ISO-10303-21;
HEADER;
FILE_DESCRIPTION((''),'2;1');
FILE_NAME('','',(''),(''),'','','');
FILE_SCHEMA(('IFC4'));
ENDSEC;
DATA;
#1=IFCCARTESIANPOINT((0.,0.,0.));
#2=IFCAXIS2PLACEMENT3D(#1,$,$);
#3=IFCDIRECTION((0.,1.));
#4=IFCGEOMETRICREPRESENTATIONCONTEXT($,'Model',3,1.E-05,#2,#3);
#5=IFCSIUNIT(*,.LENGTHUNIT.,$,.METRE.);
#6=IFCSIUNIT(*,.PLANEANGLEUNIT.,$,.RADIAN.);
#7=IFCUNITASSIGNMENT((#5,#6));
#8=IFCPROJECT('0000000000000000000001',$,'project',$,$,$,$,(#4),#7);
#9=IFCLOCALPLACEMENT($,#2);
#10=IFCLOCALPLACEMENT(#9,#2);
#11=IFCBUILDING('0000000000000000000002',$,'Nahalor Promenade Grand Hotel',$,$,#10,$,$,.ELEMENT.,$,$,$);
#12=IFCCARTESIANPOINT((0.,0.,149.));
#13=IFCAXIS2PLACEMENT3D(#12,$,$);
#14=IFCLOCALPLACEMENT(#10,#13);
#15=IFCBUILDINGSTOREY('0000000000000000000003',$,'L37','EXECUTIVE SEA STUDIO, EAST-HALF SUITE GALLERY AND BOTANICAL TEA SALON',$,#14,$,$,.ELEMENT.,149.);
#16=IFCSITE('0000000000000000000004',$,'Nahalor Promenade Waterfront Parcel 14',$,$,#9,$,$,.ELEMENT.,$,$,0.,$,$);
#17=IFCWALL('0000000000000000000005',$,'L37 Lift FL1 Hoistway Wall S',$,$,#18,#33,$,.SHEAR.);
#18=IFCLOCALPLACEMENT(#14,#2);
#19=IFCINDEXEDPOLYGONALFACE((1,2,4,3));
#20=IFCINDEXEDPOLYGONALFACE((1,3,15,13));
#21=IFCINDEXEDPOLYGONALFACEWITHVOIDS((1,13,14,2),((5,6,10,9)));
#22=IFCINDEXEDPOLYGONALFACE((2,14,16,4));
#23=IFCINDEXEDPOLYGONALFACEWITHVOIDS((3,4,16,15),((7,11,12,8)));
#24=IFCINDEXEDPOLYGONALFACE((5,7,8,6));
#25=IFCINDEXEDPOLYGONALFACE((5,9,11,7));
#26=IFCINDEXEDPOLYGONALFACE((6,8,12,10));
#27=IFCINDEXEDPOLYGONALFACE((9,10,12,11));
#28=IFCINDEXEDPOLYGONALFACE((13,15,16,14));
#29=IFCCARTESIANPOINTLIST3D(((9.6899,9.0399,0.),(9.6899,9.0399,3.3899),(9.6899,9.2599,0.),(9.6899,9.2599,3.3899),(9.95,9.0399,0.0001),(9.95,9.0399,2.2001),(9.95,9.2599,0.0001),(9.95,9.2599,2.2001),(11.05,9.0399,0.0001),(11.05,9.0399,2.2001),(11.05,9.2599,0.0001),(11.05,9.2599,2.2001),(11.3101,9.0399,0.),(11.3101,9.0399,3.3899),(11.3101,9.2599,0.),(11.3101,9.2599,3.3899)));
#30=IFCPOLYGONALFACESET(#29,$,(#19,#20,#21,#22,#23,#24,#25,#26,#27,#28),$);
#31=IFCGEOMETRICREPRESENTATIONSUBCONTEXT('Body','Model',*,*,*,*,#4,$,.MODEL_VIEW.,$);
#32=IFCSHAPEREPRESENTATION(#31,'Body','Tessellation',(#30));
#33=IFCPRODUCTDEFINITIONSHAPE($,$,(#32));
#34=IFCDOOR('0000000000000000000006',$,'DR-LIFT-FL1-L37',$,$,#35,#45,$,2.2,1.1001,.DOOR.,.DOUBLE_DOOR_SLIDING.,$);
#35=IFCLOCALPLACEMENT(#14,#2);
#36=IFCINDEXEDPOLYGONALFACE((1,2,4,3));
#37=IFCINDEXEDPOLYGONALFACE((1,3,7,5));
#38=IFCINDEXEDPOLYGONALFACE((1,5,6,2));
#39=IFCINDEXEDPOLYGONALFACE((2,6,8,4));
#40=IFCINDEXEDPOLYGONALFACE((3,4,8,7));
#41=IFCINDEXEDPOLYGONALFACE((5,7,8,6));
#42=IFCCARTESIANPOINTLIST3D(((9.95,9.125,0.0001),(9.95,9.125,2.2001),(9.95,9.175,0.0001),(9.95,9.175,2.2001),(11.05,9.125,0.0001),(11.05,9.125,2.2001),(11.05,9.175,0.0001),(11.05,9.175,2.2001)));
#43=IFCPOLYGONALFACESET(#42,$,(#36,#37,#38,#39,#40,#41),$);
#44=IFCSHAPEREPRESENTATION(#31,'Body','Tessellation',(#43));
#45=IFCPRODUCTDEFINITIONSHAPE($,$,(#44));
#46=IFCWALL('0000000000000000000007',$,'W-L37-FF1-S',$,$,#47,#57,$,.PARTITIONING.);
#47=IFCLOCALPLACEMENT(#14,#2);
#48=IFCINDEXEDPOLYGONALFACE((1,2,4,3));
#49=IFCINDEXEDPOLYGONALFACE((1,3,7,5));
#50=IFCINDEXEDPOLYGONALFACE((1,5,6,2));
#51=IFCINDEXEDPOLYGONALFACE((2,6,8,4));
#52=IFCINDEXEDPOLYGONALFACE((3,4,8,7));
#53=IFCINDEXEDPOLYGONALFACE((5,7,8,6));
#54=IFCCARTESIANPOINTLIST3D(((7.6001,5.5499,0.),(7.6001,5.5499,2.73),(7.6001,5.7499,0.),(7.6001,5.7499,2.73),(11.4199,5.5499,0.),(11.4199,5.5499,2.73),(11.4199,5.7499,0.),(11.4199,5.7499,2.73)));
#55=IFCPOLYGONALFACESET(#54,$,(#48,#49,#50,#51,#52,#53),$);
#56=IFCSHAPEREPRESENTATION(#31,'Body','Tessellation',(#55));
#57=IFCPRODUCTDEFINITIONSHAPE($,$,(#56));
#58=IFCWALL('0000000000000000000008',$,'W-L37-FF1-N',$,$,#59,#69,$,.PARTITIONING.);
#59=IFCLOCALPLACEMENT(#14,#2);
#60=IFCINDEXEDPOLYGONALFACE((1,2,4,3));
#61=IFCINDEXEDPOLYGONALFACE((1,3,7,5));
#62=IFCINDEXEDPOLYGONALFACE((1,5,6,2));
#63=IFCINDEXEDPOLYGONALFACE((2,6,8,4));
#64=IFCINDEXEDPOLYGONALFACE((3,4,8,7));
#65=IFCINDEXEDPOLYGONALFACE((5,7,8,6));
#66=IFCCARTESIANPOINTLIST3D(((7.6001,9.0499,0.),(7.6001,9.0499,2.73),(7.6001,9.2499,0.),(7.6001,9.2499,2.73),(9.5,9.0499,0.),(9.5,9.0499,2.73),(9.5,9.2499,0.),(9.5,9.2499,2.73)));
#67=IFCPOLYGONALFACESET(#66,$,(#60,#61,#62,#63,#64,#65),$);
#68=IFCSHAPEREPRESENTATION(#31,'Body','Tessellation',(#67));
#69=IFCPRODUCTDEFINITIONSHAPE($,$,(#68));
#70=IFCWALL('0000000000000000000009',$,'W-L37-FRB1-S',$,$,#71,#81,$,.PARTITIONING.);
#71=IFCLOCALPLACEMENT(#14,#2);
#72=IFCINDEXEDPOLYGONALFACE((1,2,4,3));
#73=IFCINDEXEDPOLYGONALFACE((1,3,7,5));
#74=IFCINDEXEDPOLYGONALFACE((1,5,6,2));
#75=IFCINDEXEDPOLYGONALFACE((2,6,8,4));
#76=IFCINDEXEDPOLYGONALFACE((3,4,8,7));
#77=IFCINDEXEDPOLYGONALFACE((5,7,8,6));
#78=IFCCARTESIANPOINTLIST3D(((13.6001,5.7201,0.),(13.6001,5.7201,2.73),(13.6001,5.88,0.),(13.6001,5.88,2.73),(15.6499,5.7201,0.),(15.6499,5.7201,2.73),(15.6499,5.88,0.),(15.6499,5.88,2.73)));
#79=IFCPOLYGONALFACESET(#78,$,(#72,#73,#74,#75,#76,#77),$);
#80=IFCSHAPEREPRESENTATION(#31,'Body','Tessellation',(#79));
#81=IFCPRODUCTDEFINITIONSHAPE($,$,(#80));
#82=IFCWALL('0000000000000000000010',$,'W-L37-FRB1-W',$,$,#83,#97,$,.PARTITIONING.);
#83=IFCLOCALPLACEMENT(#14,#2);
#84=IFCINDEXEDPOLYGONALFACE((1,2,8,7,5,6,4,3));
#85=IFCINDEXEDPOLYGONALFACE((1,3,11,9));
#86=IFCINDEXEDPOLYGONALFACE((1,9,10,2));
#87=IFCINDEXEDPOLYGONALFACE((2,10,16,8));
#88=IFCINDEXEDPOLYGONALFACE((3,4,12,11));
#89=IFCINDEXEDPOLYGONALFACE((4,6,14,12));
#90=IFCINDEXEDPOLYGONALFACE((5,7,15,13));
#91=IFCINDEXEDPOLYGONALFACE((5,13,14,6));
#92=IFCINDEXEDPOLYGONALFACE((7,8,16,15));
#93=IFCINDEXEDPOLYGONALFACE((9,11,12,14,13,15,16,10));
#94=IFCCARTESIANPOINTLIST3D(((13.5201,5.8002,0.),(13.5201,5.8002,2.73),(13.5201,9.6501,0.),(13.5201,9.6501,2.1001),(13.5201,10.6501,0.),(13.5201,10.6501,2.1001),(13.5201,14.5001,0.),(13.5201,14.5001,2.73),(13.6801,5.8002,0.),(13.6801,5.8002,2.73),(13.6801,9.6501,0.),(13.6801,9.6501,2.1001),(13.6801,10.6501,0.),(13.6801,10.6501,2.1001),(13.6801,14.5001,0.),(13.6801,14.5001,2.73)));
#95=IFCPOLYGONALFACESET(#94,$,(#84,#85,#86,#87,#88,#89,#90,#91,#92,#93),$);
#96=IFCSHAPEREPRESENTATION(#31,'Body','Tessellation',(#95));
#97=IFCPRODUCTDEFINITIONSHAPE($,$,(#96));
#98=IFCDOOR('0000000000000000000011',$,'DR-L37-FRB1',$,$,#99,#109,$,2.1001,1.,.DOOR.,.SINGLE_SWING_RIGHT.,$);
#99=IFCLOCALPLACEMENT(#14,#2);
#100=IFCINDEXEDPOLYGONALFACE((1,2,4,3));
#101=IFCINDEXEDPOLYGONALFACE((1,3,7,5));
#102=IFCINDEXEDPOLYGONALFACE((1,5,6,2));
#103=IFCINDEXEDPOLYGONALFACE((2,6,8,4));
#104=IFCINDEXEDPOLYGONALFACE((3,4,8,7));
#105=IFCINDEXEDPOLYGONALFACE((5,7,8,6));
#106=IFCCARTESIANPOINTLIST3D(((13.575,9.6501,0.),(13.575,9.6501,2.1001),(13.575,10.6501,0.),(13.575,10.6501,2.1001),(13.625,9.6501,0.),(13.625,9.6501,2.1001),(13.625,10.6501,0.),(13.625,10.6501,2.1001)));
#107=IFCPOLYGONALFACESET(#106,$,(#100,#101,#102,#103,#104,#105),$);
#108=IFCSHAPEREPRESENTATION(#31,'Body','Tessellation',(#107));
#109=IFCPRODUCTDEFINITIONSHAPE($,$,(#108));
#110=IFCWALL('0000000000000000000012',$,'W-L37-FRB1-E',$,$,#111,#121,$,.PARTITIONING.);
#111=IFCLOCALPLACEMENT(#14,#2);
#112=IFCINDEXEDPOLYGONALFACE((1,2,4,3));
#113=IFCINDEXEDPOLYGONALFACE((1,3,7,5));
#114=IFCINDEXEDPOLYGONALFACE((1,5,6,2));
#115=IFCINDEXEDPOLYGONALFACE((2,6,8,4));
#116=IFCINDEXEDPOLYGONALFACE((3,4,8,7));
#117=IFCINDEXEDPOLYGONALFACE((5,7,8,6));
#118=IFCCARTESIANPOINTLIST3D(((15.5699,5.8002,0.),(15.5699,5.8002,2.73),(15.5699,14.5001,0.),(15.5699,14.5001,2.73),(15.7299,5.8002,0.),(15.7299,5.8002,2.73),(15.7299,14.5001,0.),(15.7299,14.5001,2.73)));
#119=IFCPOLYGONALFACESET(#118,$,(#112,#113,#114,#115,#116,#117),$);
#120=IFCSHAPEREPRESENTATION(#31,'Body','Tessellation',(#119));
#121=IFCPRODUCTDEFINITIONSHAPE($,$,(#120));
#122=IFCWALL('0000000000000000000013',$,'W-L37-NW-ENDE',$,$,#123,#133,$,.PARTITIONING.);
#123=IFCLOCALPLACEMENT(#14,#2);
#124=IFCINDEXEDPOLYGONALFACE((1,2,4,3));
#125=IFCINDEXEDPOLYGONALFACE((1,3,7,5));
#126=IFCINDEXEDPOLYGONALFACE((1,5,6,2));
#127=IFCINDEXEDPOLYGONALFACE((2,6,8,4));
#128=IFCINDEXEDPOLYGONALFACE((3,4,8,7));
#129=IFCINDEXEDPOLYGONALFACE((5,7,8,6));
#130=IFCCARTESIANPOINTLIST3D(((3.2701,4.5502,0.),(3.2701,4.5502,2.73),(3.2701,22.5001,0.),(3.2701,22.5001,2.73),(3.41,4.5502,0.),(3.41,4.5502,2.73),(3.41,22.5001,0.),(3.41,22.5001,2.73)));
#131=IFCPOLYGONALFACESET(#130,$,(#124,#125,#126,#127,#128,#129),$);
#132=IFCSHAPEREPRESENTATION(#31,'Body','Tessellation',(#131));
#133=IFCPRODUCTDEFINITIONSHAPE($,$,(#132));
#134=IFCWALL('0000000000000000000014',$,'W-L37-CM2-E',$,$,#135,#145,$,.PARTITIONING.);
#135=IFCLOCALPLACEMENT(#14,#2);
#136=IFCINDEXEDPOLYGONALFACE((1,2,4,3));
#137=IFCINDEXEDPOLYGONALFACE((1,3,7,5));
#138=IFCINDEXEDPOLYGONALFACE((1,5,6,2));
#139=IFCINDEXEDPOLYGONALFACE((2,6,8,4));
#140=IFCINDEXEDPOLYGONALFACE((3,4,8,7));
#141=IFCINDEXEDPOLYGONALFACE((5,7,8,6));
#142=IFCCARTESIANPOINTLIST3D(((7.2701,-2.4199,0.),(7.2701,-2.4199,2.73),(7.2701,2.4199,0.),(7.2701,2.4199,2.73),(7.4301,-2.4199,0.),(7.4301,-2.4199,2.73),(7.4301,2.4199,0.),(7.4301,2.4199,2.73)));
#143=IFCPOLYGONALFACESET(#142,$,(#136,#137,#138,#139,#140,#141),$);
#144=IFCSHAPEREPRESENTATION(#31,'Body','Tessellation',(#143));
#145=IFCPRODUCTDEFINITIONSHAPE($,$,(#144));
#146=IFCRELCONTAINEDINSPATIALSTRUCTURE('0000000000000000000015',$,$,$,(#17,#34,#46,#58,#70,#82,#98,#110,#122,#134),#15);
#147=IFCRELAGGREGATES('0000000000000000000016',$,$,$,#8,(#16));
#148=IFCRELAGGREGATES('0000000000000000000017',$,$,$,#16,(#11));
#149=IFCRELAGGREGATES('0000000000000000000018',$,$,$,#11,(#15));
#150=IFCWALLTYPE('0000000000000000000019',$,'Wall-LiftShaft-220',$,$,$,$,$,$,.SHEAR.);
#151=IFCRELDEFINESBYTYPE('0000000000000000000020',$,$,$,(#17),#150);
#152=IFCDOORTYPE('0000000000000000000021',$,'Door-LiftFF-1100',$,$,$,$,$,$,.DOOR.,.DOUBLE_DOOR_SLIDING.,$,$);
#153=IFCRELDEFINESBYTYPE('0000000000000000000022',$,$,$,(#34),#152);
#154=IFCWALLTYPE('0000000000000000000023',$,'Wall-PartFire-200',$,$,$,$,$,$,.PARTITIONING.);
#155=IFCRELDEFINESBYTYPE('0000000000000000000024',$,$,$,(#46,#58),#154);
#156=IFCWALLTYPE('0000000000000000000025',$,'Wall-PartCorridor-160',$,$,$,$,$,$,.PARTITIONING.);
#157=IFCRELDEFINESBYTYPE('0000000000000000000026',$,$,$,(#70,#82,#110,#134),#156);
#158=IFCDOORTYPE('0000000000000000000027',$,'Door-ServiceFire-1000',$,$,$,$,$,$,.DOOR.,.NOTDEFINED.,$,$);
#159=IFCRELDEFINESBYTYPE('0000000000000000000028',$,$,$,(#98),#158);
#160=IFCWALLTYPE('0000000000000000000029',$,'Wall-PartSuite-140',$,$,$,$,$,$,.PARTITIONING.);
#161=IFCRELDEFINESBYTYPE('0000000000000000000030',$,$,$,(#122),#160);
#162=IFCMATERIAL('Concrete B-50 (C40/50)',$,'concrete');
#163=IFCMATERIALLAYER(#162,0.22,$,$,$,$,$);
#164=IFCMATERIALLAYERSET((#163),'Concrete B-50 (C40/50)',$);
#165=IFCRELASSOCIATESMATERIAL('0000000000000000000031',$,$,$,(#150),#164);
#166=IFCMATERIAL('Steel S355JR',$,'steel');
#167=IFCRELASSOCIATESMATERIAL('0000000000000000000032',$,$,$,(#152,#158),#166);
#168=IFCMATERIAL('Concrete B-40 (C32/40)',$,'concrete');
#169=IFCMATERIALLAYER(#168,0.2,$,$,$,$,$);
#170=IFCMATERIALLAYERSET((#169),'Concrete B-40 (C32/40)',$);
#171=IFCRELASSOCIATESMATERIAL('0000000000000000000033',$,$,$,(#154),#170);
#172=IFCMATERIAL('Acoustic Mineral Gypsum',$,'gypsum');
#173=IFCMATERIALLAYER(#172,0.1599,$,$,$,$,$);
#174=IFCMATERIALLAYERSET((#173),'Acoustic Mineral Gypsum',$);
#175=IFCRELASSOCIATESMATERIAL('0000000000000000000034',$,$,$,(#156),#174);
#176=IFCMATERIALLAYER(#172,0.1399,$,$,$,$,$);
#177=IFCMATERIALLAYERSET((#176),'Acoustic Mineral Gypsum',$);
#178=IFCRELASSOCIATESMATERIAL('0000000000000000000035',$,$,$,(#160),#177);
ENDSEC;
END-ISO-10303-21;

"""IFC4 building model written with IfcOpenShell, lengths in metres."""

from ifc_helpers import new_model, si_unit, direction, frame, frame_2d, origin, place, context, subcontext, project, spatial, rectangle, extrude, source, transform, mapped, material, layer, layer_set, type_object, element, fill, save


model = new_model("IFC4")

# Units and contexts
model_context = context("Model", 3, precision=1e-05, world=origin(), true_north=direction((0.0, 1.0)))
body_context = subcontext(model_context, "Body", "Model", "MODEL_VIEW")
ifc_project = project(units=[si_unit("LENGTHUNIT", "METRE"), si_unit("PLANEANGLEUNIT", "RADIAN")], contexts=[model_context])

# Site, building, storey
site_placement = place(None, origin())
site = spatial("IfcSite", under=ifc_project, at=site_placement, Name="Nahalor Promenade Waterfront Parcel 14", CompositionType="ELEMENT", RefElevation=0.0)
building_placement = place(site_placement, origin())
building = spatial("IfcBuilding", under=site, at=building_placement, Name="Nahalor Promenade Grand Hotel", CompositionType="ELEMENT")
storey_placement = place(building_placement, frame((0.0, 0.0, 149.0)))
storey = spatial("IfcBuildingStorey", under=building, at=storey_placement, Name="L37", Description="EXECUTIVE SEA STUDIO, EAST-HALF SUITE GALLERY AND BOTANICAL TEA SALON", CompositionType="ELEMENT", Elevation=149.0)

# Shared definitions
ifc_material_1 = material(Name="Steel S355JR", Category="steel")

# Shared definitions
ifc_material_2 = material(Name="Concrete B-50 (C40/50)", Category="concrete")

# Shared definitions
ifc_layer_1 = layer(ifc_material_2, 0.22)
ifc_layer_set_1 = layer_set([ifc_layer_1], Name="Concrete B-50 (C40/50)")
wall_type_1 = type_object("IfcWallType", Name="Wall-LiftShaft-220", PredefinedType="SHEAR", material=ifc_layer_set_1)

# Wall, opening, door
shared_shape_1 = source(origin(), body_context, "Body", "SweptSolid", [
    extrude(rectangle(XDim=1.6201, YDim=0.22, at=frame_2d((0.8101, 0.0))), origin(), (0.0, 0.0, 1.0), 3.3899),
])
wall_1_placement = place(storey_placement, frame((9.6899, 9.1499, 0.0), z_axis=(0.0, 0.0, 1.0), x_axis=(1.0, 0.0, 0.0)))
wall_1 = element("IfcWall", 1, at=wall_1_placement, inside=storey, type_object=wall_type_1, Name="L37 Lift FL1 Hoistway Wall S", PredefinedType="SHEAR", context=body_context, shape_type="MappedRepresentation", body=[
    mapped(shared_shape_1, transform((0.0, 0.0, 0.0), scale=1.0)),
])
opening_1_placement = place(wall_1_placement, frame((0.26, 0.0, 0.0)))
opening_1 = element("IfcOpeningElement", 2, at=opening_1_placement, cuts=wall_1, PredefinedType="OPENING", context=body_context, shape_type="SweptSolid", body=[
    extrude(rectangle(XDim=1.1001, YDim=2.2, at=frame_2d((0.55, 1.1001))), frame((0.0, 0.1199, 0.0), z_axis=(0.0, -1.0, 0.0), x_axis=(1.0, 0.0, 0.0)), (0.0, 0.0, 1.0), 0.24),
])
door_type_1 = type_object("IfcDoorType", Name="Door-LiftFF-1100", OperationType="DOUBLE_DOOR_SLIDING", PredefinedType="DOOR", material=ifc_material_1)
shared_shape_2 = source(origin(), body_context, "Body", "SweptSolid", [
    extrude(rectangle(XDim=1.1001, YDim=2.2, at=frame_2d((0.55, 1.1001))), frame((0.0, 0.0249, 0.0), z_axis=(0.0, -1.0, 0.0), x_axis=(1.0, 0.0, 0.0)), (0.0, 0.0, 1.0), 0.05),
])
door_1_placement = place(opening_1_placement, frame((1.1001, 0.0, 0.0), z_axis=(0.0, 0.0, 1.0), x_axis=(-1.0, 0.0, 0.0)))
door_1 = element("IfcDoor", 3, at=door_1_placement, inside=storey, type_object=door_type_1, Name="DR-LIFT-FL1-L37", OperationType="DOUBLE_DOOR_SLIDING", OverallHeight=2.2, OverallWidth=1.1001, PredefinedType="DOOR", context=body_context, shape_type="MappedRepresentation", body=[
    mapped(shared_shape_2, transform((0.0, 0.0, 0.0), scale=1.0)),
])
fill(opening_1, door_1)

# Walls
ifc_material_3 = material(Name="Concrete B-40 (C32/40)", Category="concrete")
ifc_layer_2 = layer(ifc_material_3, 0.2)
ifc_layer_set_2 = layer_set([ifc_layer_2], Name="Concrete B-40 (C32/40)")
wall_type_2 = type_object("IfcWallType", Name="Wall-PartFire-200", PredefinedType="PARTITIONING", material=ifc_layer_set_2)
shared_shape_3 = source(origin(), body_context, "Body", "SweptSolid", [
    extrude(rectangle(XDim=3.8198, YDim=0.2, at=frame_2d((1.9099, 0.0))), origin(), (0.0, 0.0, 1.0), 2.73),
])
wall_2_placement = place(storey_placement, frame((7.6001, 5.6499, 0.0), z_axis=(0.0, 0.0, 1.0), x_axis=(1.0, 0.0, 0.0)))
element("IfcWall", 4, at=wall_2_placement, inside=storey, type_object=wall_type_2, Name="W-L37-FF1-S", PredefinedType="PARTITIONING", context=body_context, shape_type="MappedRepresentation", body=[
    mapped(shared_shape_3, transform((0.0, 0.0, 0.0), scale=1.0)),
])
shared_shape_4 = source(origin(), body_context, "Body", "SweptSolid", [
    extrude(rectangle(XDim=1.8999, YDim=0.2, at=frame_2d((0.95, 0.0))), origin(), (0.0, 0.0, 1.0), 2.73),
])
wall_3_placement = place(storey_placement, frame((7.6001, 9.1499, 0.0), z_axis=(0.0, 0.0, 1.0), x_axis=(1.0, 0.0, 0.0)))
element("IfcWall", 5, at=wall_3_placement, inside=storey, type_object=wall_type_2, Name="W-L37-FF1-N", PredefinedType="PARTITIONING", context=body_context, shape_type="MappedRepresentation", body=[
    mapped(shared_shape_4, transform((0.0, 0.0, 0.0), scale=1.0)),
])

# Wall
ifc_material_4 = material(Name="Acoustic Mineral Gypsum", Category="gypsum")
ifc_layer_3 = layer(ifc_material_4, 0.1599)
ifc_layer_set_3 = layer_set([ifc_layer_3], Name="Acoustic Mineral Gypsum")
wall_type_3 = type_object("IfcWallType", Name="Wall-PartCorridor-160", PredefinedType="PARTITIONING", material=ifc_layer_set_3)
shared_shape_5 = source(origin(), body_context, "Body", "SweptSolid", [
    extrude(rectangle(XDim=2.0498, YDim=0.1599, at=frame_2d((1.0249, 0.0))), origin(), (0.0, 0.0, 1.0), 2.73),
])
wall_4_placement = place(storey_placement, frame((13.6001, 5.8, 0.0), z_axis=(0.0, 0.0, 1.0), x_axis=(1.0, 0.0, 0.0)))
element("IfcWall", 6, at=wall_4_placement, inside=storey, type_object=wall_type_3, Name="W-L37-FRB1-S", PredefinedType="PARTITIONING", context=body_context, shape_type="MappedRepresentation", body=[
    mapped(shared_shape_5, transform((0.0, 0.0, 0.0), scale=1.0)),
])

# Wall, opening, door
shared_shape_6 = source(origin(), body_context, "Body", "SweptSolid", [
    extrude(rectangle(XDim=8.7, YDim=0.1599, at=frame_2d((4.3501, 0.0))), origin(), (0.0, 0.0, 1.0), 2.73),
])
wall_5_placement = place(storey_placement, frame((13.6001, 5.8, 0.0), z_axis=(0.0, 0.0, 1.0), x_axis=(0.0, 1.0, 0.0)))
wall_5 = element("IfcWall", 7, at=wall_5_placement, inside=storey, type_object=wall_type_3, Name="W-L37-FRB1-W", PredefinedType="PARTITIONING", context=body_context, shape_type="MappedRepresentation", body=[
    mapped(shared_shape_6, transform((0.0, 0.0, 0.0), scale=1.0)),
])
opening_2_placement = place(wall_5_placement, frame((3.8501, 0.0, 0.0)))
opening_2 = element("IfcOpeningElement", 8, at=opening_2_placement, cuts=wall_5, PredefinedType="OPENING", context=body_context, shape_type="SweptSolid", body=[
    extrude(rectangle(XDim=1.0, YDim=2.1001, at=frame_2d((0.5, 1.05))), frame((0.0, 0.0898, 0.0), z_axis=(0.0, -1.0, 0.0), x_axis=(1.0, 0.0, 0.0)), (0.0, 0.0, 1.0), 0.1799),
])
door_type_2 = type_object("IfcDoorType", Name="Door-ServiceFire-1000", OperationType="NOTDEFINED", PredefinedType="DOOR", material=ifc_material_1)
shared_shape_7 = source(origin(), body_context, "Body", "SweptSolid", [
    extrude(rectangle(XDim=1.0, YDim=2.1001, at=frame_2d((0.5, 1.05))), frame((0.0, 0.0249, 0.0), z_axis=(0.0, -1.0, 0.0), x_axis=(1.0, 0.0, 0.0)), (0.0, 0.0, 1.0), 0.05),
])
door_2_placement = place(opening_2_placement, frame((1.0, 0.0, 0.0), z_axis=(0.0, 0.0, 1.0), x_axis=(-1.0, 0.0, 0.0)))
door_2 = element("IfcDoor", 9, at=door_2_placement, inside=storey, type_object=door_type_2, Name="DR-L37-FRB1", OperationType="SINGLE_SWING_RIGHT", OverallHeight=2.1001, OverallWidth=1.0, PredefinedType="DOOR", context=body_context, shape_type="MappedRepresentation", body=[
    mapped(shared_shape_7, transform((0.0, 0.0, 0.0), scale=1.0)),
])
fill(opening_2, door_2)

# Walls
wall_6_placement = place(storey_placement, frame((15.6499, 5.8, 0.0), z_axis=(0.0, 0.0, 1.0), x_axis=(0.0, 1.0, 0.0)))
element("IfcWall", 10, at=wall_6_placement, inside=storey, type_object=wall_type_3, Name="W-L37-FRB1-E", PredefinedType="PARTITIONING", context=body_context, shape_type="MappedRepresentation", body=[
    mapped(shared_shape_6, transform((0.0, 0.0, 0.0), scale=1.0)),
])
ifc_layer_4 = layer(ifc_material_4, 0.1399)
ifc_layer_set_4 = layer_set([ifc_layer_4], Name="Acoustic Mineral Gypsum")
wall_type_4 = type_object("IfcWallType", Name="Wall-PartSuite-140", PredefinedType="PARTITIONING", material=ifc_layer_set_4)
shared_shape_8 = source(origin(), body_context, "Body", "SweptSolid", [
    extrude(rectangle(XDim=17.95, YDim=0.1399, at=frame_2d((8.9751, 0.0))), origin(), (0.0, 0.0, 1.0), 2.73),
])
wall_7_placement = place(storey_placement, frame((3.3401, 4.55, 0.0), z_axis=(0.0, 0.0, 1.0), x_axis=(0.0, 1.0, 0.0)))
element("IfcWall", 11, at=wall_7_placement, inside=storey, type_object=wall_type_4, Name="W-L37-NW-ENDE", PredefinedType="PARTITIONING", context=body_context, shape_type="MappedRepresentation", body=[
    mapped(shared_shape_8, transform((0.0, 0.0, 0.0), scale=1.0)),
])
shared_shape_9 = source(origin(), body_context, "Body", "SweptSolid", [
    extrude(rectangle(XDim=4.8398, YDim=0.1599, at=frame_2d((2.4199, 0.0))), origin(), (0.0, 0.0, 1.0), 2.73),
])
wall_8_placement = place(storey_placement, frame((7.3501, -2.4199, 0.0), z_axis=(0.0, 0.0, 1.0), x_axis=(0.0, 1.0, 0.0)))
element("IfcWall", 12, at=wall_8_placement, inside=storey, type_object=wall_type_3, Name="W-L37-CM2-E", PredefinedType="PARTITIONING", context=body_context, shape_type="MappedRepresentation", body=[
    mapped(shared_shape_9, transform((0.0, 0.0, 0.0), scale=1.0)),
])

save(model, "model.ifc")
